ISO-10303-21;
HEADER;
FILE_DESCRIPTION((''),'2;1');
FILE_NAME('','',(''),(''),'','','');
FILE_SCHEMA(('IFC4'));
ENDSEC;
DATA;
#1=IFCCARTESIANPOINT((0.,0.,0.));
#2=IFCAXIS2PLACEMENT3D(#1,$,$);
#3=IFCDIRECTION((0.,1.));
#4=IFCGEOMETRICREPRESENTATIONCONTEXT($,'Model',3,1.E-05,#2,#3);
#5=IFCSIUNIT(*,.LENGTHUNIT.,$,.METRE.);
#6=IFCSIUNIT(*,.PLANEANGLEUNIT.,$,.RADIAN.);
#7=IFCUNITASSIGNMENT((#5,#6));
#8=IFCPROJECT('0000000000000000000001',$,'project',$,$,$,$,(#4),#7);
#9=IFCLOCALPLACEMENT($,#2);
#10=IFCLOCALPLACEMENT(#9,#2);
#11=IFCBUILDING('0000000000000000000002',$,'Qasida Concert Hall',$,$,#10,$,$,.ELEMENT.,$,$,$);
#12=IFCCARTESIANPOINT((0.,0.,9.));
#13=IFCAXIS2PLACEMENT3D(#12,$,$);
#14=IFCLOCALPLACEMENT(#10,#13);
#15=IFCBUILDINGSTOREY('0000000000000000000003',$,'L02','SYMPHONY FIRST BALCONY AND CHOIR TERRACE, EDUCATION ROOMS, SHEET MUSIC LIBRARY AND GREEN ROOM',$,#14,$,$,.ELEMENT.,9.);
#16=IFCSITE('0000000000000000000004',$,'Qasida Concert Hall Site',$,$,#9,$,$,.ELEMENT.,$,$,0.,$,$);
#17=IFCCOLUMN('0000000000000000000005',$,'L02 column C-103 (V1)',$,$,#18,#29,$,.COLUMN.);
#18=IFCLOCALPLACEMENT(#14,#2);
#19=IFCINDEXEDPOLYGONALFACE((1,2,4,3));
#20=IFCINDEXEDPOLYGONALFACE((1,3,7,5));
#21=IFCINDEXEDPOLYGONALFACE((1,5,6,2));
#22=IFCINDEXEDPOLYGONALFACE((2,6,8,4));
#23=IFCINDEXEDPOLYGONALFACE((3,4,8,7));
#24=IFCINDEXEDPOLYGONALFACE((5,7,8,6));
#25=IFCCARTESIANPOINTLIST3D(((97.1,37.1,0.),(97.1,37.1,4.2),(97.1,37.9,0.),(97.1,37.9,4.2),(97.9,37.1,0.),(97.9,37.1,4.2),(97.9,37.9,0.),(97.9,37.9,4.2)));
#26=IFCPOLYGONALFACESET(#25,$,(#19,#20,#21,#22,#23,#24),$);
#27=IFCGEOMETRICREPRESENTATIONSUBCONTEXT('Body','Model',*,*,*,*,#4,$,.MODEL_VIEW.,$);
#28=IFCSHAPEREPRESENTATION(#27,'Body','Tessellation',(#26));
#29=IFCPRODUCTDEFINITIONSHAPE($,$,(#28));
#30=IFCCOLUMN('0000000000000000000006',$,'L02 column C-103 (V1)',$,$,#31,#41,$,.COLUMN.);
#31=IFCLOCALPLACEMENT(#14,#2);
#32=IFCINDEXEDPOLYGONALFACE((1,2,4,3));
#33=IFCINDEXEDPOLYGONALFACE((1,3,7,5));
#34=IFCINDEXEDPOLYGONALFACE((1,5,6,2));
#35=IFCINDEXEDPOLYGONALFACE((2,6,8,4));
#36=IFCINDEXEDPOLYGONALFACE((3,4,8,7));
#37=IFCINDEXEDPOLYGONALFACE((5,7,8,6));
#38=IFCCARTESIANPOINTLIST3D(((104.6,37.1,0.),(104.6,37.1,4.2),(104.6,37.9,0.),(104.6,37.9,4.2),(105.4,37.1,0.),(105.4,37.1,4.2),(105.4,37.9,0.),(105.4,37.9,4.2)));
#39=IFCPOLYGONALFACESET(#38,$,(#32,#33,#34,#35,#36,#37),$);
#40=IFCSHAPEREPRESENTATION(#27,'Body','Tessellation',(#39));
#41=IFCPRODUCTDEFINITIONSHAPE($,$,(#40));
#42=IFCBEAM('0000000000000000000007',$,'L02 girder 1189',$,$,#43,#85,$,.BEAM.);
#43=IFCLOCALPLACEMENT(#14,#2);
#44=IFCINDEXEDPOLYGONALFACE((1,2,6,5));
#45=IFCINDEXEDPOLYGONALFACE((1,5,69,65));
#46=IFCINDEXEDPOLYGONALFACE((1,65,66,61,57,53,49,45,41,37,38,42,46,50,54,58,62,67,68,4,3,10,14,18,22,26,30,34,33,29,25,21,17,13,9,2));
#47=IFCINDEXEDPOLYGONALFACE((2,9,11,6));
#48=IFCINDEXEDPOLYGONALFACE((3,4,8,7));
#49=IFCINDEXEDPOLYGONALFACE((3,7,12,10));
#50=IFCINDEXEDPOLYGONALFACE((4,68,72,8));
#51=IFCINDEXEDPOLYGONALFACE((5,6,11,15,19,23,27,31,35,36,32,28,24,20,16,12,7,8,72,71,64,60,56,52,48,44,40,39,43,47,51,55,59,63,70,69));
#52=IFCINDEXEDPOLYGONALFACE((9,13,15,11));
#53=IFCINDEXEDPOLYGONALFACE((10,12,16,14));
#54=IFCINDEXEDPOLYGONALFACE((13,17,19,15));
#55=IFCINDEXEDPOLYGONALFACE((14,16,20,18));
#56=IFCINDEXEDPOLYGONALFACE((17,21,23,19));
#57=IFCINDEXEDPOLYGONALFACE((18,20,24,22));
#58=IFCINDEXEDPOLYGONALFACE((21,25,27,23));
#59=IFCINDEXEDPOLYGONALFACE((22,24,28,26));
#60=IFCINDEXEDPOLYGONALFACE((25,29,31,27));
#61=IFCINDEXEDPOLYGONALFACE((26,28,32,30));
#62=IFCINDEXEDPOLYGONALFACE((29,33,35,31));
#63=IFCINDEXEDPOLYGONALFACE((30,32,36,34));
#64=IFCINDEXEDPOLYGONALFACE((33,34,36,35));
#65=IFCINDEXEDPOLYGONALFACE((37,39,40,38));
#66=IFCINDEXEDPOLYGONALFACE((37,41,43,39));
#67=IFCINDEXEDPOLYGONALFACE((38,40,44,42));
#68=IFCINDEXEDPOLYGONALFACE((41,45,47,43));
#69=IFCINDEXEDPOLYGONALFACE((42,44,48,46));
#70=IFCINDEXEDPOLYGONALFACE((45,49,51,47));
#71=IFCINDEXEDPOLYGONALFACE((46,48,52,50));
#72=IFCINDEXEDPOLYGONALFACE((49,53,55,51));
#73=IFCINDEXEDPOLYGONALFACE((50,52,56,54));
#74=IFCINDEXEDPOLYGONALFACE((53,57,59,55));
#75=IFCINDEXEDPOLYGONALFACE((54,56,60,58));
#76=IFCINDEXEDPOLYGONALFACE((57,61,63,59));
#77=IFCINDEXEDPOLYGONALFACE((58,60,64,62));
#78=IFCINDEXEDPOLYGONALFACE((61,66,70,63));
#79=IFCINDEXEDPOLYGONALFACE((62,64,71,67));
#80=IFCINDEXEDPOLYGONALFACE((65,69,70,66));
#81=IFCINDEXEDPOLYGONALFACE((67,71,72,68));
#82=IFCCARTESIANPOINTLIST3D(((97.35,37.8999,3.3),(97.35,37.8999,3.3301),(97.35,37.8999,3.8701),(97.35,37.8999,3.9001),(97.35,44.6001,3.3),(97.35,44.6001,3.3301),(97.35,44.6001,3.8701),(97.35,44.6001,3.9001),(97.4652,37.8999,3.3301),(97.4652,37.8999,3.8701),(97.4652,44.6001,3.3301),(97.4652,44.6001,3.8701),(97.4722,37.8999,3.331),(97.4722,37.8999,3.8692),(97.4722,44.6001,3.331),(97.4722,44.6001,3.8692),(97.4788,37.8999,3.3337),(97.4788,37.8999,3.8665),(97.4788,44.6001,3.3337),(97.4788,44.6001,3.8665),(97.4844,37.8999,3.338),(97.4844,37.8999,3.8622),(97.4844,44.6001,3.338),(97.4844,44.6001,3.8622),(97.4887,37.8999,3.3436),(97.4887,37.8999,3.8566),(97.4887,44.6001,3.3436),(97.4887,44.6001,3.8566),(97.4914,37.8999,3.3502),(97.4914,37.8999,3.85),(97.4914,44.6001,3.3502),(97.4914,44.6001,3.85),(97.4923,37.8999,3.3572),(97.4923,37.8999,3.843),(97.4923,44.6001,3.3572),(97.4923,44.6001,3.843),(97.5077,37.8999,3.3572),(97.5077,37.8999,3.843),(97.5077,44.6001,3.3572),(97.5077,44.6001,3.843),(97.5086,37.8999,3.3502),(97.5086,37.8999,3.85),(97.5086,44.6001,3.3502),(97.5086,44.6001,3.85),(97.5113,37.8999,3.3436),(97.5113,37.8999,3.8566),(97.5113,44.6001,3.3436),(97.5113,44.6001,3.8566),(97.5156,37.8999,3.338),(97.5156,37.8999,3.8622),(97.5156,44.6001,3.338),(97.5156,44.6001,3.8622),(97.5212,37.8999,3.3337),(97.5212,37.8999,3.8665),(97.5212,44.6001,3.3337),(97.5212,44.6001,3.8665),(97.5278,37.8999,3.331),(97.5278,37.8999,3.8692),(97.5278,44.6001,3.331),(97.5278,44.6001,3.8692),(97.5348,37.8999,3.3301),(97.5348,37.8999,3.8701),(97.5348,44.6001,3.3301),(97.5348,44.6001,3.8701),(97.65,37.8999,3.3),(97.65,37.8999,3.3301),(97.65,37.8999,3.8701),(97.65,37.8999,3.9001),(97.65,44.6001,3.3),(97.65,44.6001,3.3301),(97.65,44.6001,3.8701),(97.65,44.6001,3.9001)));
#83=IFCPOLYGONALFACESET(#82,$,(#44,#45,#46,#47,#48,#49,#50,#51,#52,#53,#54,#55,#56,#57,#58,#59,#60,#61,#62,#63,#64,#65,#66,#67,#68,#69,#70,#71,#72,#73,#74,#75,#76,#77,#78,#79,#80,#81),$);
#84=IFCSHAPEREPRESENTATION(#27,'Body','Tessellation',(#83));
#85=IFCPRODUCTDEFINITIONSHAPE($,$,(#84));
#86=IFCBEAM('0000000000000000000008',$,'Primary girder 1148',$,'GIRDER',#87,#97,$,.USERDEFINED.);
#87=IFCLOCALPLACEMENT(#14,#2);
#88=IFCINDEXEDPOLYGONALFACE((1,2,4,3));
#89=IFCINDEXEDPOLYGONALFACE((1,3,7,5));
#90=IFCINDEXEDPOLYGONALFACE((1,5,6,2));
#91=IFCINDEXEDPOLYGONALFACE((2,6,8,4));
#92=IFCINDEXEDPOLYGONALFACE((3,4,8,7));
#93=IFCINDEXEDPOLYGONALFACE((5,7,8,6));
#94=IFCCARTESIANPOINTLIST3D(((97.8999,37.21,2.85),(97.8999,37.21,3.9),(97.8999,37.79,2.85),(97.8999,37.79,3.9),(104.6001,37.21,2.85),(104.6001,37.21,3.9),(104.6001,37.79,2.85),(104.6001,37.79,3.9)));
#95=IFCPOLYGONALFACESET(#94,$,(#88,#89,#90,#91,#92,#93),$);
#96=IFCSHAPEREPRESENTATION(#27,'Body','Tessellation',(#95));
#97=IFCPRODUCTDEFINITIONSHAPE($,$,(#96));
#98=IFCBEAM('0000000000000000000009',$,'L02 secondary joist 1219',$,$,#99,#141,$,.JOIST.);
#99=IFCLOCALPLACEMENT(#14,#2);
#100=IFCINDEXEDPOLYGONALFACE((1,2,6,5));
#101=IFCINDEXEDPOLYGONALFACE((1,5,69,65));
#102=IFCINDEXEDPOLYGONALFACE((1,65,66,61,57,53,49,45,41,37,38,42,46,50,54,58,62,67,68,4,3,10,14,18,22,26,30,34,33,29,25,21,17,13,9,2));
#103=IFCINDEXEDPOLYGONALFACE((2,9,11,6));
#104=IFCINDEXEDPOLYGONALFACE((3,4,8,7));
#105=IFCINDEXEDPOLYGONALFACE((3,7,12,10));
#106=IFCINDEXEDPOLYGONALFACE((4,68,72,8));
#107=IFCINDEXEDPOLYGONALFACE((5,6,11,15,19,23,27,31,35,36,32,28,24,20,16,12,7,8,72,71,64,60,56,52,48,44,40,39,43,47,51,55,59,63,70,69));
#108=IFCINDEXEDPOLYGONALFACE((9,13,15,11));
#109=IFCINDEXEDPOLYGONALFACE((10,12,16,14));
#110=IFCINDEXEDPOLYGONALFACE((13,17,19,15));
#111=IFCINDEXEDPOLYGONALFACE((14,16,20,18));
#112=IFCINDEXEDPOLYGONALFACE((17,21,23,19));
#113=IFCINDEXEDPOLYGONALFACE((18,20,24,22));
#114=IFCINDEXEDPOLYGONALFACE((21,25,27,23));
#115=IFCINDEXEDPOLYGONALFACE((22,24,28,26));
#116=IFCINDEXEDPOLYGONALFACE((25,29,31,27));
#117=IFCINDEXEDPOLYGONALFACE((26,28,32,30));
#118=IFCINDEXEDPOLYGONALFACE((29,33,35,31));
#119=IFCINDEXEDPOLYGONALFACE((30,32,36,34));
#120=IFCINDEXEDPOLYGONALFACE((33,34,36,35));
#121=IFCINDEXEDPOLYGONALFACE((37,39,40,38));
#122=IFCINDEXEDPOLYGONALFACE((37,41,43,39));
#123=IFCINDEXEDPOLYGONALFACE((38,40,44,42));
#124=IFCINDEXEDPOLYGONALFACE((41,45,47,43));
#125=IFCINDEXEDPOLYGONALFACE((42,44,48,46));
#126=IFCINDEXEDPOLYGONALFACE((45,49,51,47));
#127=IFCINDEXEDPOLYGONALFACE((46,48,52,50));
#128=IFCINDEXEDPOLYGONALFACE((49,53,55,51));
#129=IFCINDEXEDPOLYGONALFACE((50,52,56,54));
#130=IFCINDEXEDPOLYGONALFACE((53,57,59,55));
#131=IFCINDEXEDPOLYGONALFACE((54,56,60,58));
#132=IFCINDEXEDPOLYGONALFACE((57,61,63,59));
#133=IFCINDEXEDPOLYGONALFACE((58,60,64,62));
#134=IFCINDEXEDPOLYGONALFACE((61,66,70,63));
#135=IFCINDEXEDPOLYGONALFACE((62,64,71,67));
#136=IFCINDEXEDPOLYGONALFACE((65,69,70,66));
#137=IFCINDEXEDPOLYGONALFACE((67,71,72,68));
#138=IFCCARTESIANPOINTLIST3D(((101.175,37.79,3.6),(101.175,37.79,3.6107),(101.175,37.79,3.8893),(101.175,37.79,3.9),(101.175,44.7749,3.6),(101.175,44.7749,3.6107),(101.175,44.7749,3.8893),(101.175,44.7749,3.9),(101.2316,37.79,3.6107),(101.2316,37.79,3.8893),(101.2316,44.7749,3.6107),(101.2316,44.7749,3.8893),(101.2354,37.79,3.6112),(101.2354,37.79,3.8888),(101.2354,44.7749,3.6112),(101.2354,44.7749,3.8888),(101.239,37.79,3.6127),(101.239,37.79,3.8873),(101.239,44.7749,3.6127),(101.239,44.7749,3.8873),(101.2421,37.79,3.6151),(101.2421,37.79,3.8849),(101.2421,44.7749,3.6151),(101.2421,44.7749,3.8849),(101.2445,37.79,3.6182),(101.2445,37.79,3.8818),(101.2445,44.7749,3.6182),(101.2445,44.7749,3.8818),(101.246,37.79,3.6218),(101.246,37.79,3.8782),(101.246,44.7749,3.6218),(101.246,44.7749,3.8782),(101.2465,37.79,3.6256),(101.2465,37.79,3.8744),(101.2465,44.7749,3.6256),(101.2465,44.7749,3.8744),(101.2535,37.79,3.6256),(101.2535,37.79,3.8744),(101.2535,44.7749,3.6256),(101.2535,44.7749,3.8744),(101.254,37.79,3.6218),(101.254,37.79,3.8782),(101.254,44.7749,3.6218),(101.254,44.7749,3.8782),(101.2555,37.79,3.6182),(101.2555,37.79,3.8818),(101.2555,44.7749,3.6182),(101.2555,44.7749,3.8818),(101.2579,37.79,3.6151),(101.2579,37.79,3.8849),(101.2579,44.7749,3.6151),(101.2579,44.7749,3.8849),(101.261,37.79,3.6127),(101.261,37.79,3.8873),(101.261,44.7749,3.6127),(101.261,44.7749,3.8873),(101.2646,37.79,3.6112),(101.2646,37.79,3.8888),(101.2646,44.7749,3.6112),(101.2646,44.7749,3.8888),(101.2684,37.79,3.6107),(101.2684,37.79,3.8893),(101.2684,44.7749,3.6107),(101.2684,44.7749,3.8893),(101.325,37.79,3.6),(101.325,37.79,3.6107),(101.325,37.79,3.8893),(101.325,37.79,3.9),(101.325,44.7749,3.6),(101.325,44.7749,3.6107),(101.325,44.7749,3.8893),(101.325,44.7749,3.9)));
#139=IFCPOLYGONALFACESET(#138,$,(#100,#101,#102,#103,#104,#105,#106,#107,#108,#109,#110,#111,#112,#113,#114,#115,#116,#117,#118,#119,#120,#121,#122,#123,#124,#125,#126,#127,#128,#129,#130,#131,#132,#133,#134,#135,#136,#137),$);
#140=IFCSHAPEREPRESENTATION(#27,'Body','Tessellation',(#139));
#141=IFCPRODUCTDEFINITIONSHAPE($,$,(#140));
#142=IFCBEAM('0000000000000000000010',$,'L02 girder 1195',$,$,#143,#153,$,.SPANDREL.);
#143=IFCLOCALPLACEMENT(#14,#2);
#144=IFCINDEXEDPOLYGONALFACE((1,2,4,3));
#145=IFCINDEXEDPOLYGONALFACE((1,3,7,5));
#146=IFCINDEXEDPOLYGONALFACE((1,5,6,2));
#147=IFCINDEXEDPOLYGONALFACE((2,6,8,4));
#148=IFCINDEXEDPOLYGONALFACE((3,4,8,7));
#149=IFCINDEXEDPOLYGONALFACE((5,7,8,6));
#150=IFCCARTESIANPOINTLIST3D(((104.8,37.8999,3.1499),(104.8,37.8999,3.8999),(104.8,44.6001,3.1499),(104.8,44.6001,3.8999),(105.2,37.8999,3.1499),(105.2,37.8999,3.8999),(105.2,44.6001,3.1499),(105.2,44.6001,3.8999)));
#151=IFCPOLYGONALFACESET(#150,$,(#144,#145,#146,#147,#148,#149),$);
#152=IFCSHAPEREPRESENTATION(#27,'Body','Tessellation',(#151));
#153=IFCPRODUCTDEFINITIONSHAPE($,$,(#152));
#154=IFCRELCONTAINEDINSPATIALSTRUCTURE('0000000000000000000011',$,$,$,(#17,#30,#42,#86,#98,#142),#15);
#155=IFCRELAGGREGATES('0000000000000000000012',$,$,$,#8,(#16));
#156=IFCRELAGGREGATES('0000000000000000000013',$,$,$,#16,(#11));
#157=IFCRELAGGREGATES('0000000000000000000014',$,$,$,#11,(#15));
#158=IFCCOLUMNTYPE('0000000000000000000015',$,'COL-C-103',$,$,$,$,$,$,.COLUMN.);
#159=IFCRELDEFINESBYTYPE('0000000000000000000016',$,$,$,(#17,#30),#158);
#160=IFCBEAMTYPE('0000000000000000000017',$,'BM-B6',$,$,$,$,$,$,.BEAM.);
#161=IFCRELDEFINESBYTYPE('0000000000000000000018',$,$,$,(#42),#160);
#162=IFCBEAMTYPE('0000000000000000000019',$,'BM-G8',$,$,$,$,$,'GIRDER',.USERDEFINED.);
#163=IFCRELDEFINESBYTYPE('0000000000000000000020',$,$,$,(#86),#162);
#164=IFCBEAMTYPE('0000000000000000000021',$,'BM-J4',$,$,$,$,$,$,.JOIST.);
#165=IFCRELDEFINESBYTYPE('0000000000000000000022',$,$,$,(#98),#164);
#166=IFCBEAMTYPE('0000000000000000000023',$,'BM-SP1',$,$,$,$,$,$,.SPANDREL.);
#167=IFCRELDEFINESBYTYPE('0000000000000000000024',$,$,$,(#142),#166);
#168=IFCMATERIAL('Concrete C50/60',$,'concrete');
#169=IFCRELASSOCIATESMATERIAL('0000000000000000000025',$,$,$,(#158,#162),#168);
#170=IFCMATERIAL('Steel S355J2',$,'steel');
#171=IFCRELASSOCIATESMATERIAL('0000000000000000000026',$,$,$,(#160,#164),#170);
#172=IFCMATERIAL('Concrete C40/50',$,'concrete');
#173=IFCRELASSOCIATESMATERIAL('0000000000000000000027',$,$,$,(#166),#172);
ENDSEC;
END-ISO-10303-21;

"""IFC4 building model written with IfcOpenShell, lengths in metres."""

from ifc_helpers import new_model, si_unit, direction, frame, origin, origin_2d, place, context, subcontext, project, spatial, rectangle, i_section, extrude, material, material_profile, profile_set, type_object, element, save


model = new_model("IFC4")

# Units and contexts
model_context = context("Model", 3, precision=1e-05, world=origin(), true_north=direction((0.0, 1.0)))
body_context = subcontext(model_context, "Body", "Model", "MODEL_VIEW")
ifc_project = project(units=[si_unit("LENGTHUNIT", "METRE"), si_unit("PLANEANGLEUNIT", "RADIAN")], contexts=[model_context])

# Site, building, storey
site_placement = place(None, origin())
site = spatial("IfcSite", under=ifc_project, at=site_placement, Name="Qasida Concert Hall Site", CompositionType="ELEMENT", RefElevation=0.0)
building_placement = place(site_placement, origin())
building = spatial("IfcBuilding", under=site, at=building_placement, Name="Qasida Concert Hall", CompositionType="ELEMENT")
storey_placement = place(building_placement, frame((0.0, 0.0, 9.0)))
storey = spatial("IfcBuildingStorey", under=building, at=storey_placement, Name="L02", Description="SYMPHONY FIRST BALCONY AND CHOIR TERRACE, EDUCATION ROOMS, SHEET MUSIC LIBRARY AND GREEN ROOM", CompositionType="ELEMENT", Elevation=9.0)

# Columns
ifc_material_1 = material(Name="Concrete C50/60", Category="concrete")
ifc_material_profile_1 = material_profile(ifc_material_1, rectangle(XDim=0.8, YDim=0.8, at=origin_2d()), Name="RC 800x800")
ifc_profile_set_1 = profile_set([ifc_material_profile_1], Name="Concrete C50/60")
column_type = type_object("IfcColumnType", Name="COL-C-103", PredefinedType="COLUMN", material=ifc_profile_set_1)
for number, where, z_axis, x_axis, name in (
    (1, (97.5, 37.5, 0.0), (0.0, 0.0, 1.0), (1.0, 0.0, 0.0), "L02 column C-103 (V1)"),
    (2, (105.0, 37.5, 0.0), (0.0, 0.0, 1.0), (1.0, 0.0, 0.0), "L02 column C-103 (V1)"),
):
    element("IfcColumn", number, at=place(storey_placement, frame(where, z_axis=z_axis, x_axis=x_axis)), inside=storey, type_object=column_type, Name=name, PredefinedType="COLUMN", context=body_context, shape_type="SweptSolid", body=[
        extrude(rectangle(XDim=0.8, YDim=0.8, at=origin_2d()), origin(), (0.0, 0.0, 1.0), 4.2),
    ])

# Beams
ifc_material_2 = material(Name="Steel S355J2", Category="steel")
ifc_material_profile_2 = material_profile(ifc_material_2, i_section(OverallWidth=0.3, OverallDepth=0.6001, WebThickness=0.0154, FlangeThickness=0.03, FilletRadius=0.0271, at=origin_2d()), Name="HEB 600")
ifc_profile_set_2 = profile_set([ifc_material_profile_2], Name="Steel S355J2")
beam_type_1 = type_object("IfcBeamType", Name="BM-B6", PredefinedType="BEAM", material=ifc_profile_set_2)
beam_1_placement = place(storey_placement, frame((97.5, 37.8999, 3.6001), z_axis=(0.0, 1.0, 0.0), x_axis=(-1.0, 0.0, 0.0)))
element("IfcBeam", 3, at=beam_1_placement, inside=storey, type_object=beam_type_1, Name="L02 girder 1189", PredefinedType="BEAM", context=body_context, shape_type="SweptSolid", body=[
    extrude(i_section(OverallWidth=0.3, OverallDepth=0.6001, WebThickness=0.0154, FlangeThickness=0.03, FilletRadius=0.0271, at=origin_2d()), origin(), (0.0, 0.0, 1.0), 6.7002),
])
ifc_material_profile_3 = material_profile(ifc_material_1, rectangle(XDim=0.5801, YDim=1.05, at=origin_2d()), Name="RC 580x1050")
ifc_profile_set_3 = profile_set([ifc_material_profile_3], Name="Concrete C50/60")
beam_type_2 = type_object("IfcBeamType", Name="BM-G8", ElementType="GIRDER", PredefinedType="USERDEFINED", material=ifc_profile_set_3)
beam_2_placement = place(storey_placement, frame((97.8999, 37.5, 3.375), z_axis=(1.0, 0.0, 0.0), x_axis=(0.0, 1.0, 0.0)))
element("IfcBeam", 4, at=beam_2_placement, inside=storey, type_object=beam_type_2, Name="Primary girder 1148", ObjectType="GIRDER", PredefinedType="USERDEFINED", context=body_context, shape_type="SweptSolid", body=[
    extrude(rectangle(XDim=0.5801, YDim=1.05, at=origin_2d()), origin(), (0.0, 0.0, 1.0), 6.7002),
])
ifc_material_profile_4 = material_profile(ifc_material_2, i_section(OverallWidth=0.1499, OverallDepth=0.3, WebThickness=0.0071, FlangeThickness=0.0107, FilletRadius=0.0149, at=origin_2d()), Name="IPE 300")
ifc_profile_set_4 = profile_set([ifc_material_profile_4], Name="Steel S355J2")
beam_type_3 = type_object("IfcBeamType", Name="BM-J4", PredefinedType="JOIST", material=ifc_profile_set_4)
beam_3_placement = place(storey_placement, frame((101.25, 37.79, 3.75), z_axis=(0.0, 1.0, 0.0), x_axis=(-1.0, 0.0, 0.0)))
element("IfcBeam", 5, at=beam_3_placement, inside=storey, type_object=beam_type_3, Name="L02 secondary joist 1219", PredefinedType="JOIST", context=body_context, shape_type="SweptSolid", body=[
    extrude(i_section(OverallWidth=0.1499, OverallDepth=0.3, WebThickness=0.0071, FlangeThickness=0.0107, FilletRadius=0.0149, at=origin_2d()), origin(), (0.0, 0.0, 1.0), 6.9849),
])
ifc_material_3 = material(Name="Concrete C40/50", Category="concrete")
ifc_material_profile_5 = material_profile(ifc_material_3, rectangle(XDim=0.3999, YDim=0.75, at=origin_2d()), Name="RC 400x750")
ifc_profile_set_5 = profile_set([ifc_material_profile_5], Name="Concrete C40/50")
beam_type_4 = type_object("IfcBeamType", Name="BM-SP1", PredefinedType="SPANDREL", material=ifc_profile_set_5)
beam_4_placement = place(storey_placement, frame((105.0, 37.8999, 3.5249), z_axis=(0.0, 1.0, 0.0), x_axis=(-1.0, 0.0, 0.0)))
element("IfcBeam", 6, at=beam_4_placement, inside=storey, type_object=beam_type_4, Name="L02 girder 1195", PredefinedType="SPANDREL", context=body_context, shape_type="SweptSolid", body=[
    extrude(rectangle(XDim=0.3999, YDim=0.75, at=origin_2d()), origin(), (0.0, 0.0, 1.0), 6.7002),
])

save(model, "model.ifc")
